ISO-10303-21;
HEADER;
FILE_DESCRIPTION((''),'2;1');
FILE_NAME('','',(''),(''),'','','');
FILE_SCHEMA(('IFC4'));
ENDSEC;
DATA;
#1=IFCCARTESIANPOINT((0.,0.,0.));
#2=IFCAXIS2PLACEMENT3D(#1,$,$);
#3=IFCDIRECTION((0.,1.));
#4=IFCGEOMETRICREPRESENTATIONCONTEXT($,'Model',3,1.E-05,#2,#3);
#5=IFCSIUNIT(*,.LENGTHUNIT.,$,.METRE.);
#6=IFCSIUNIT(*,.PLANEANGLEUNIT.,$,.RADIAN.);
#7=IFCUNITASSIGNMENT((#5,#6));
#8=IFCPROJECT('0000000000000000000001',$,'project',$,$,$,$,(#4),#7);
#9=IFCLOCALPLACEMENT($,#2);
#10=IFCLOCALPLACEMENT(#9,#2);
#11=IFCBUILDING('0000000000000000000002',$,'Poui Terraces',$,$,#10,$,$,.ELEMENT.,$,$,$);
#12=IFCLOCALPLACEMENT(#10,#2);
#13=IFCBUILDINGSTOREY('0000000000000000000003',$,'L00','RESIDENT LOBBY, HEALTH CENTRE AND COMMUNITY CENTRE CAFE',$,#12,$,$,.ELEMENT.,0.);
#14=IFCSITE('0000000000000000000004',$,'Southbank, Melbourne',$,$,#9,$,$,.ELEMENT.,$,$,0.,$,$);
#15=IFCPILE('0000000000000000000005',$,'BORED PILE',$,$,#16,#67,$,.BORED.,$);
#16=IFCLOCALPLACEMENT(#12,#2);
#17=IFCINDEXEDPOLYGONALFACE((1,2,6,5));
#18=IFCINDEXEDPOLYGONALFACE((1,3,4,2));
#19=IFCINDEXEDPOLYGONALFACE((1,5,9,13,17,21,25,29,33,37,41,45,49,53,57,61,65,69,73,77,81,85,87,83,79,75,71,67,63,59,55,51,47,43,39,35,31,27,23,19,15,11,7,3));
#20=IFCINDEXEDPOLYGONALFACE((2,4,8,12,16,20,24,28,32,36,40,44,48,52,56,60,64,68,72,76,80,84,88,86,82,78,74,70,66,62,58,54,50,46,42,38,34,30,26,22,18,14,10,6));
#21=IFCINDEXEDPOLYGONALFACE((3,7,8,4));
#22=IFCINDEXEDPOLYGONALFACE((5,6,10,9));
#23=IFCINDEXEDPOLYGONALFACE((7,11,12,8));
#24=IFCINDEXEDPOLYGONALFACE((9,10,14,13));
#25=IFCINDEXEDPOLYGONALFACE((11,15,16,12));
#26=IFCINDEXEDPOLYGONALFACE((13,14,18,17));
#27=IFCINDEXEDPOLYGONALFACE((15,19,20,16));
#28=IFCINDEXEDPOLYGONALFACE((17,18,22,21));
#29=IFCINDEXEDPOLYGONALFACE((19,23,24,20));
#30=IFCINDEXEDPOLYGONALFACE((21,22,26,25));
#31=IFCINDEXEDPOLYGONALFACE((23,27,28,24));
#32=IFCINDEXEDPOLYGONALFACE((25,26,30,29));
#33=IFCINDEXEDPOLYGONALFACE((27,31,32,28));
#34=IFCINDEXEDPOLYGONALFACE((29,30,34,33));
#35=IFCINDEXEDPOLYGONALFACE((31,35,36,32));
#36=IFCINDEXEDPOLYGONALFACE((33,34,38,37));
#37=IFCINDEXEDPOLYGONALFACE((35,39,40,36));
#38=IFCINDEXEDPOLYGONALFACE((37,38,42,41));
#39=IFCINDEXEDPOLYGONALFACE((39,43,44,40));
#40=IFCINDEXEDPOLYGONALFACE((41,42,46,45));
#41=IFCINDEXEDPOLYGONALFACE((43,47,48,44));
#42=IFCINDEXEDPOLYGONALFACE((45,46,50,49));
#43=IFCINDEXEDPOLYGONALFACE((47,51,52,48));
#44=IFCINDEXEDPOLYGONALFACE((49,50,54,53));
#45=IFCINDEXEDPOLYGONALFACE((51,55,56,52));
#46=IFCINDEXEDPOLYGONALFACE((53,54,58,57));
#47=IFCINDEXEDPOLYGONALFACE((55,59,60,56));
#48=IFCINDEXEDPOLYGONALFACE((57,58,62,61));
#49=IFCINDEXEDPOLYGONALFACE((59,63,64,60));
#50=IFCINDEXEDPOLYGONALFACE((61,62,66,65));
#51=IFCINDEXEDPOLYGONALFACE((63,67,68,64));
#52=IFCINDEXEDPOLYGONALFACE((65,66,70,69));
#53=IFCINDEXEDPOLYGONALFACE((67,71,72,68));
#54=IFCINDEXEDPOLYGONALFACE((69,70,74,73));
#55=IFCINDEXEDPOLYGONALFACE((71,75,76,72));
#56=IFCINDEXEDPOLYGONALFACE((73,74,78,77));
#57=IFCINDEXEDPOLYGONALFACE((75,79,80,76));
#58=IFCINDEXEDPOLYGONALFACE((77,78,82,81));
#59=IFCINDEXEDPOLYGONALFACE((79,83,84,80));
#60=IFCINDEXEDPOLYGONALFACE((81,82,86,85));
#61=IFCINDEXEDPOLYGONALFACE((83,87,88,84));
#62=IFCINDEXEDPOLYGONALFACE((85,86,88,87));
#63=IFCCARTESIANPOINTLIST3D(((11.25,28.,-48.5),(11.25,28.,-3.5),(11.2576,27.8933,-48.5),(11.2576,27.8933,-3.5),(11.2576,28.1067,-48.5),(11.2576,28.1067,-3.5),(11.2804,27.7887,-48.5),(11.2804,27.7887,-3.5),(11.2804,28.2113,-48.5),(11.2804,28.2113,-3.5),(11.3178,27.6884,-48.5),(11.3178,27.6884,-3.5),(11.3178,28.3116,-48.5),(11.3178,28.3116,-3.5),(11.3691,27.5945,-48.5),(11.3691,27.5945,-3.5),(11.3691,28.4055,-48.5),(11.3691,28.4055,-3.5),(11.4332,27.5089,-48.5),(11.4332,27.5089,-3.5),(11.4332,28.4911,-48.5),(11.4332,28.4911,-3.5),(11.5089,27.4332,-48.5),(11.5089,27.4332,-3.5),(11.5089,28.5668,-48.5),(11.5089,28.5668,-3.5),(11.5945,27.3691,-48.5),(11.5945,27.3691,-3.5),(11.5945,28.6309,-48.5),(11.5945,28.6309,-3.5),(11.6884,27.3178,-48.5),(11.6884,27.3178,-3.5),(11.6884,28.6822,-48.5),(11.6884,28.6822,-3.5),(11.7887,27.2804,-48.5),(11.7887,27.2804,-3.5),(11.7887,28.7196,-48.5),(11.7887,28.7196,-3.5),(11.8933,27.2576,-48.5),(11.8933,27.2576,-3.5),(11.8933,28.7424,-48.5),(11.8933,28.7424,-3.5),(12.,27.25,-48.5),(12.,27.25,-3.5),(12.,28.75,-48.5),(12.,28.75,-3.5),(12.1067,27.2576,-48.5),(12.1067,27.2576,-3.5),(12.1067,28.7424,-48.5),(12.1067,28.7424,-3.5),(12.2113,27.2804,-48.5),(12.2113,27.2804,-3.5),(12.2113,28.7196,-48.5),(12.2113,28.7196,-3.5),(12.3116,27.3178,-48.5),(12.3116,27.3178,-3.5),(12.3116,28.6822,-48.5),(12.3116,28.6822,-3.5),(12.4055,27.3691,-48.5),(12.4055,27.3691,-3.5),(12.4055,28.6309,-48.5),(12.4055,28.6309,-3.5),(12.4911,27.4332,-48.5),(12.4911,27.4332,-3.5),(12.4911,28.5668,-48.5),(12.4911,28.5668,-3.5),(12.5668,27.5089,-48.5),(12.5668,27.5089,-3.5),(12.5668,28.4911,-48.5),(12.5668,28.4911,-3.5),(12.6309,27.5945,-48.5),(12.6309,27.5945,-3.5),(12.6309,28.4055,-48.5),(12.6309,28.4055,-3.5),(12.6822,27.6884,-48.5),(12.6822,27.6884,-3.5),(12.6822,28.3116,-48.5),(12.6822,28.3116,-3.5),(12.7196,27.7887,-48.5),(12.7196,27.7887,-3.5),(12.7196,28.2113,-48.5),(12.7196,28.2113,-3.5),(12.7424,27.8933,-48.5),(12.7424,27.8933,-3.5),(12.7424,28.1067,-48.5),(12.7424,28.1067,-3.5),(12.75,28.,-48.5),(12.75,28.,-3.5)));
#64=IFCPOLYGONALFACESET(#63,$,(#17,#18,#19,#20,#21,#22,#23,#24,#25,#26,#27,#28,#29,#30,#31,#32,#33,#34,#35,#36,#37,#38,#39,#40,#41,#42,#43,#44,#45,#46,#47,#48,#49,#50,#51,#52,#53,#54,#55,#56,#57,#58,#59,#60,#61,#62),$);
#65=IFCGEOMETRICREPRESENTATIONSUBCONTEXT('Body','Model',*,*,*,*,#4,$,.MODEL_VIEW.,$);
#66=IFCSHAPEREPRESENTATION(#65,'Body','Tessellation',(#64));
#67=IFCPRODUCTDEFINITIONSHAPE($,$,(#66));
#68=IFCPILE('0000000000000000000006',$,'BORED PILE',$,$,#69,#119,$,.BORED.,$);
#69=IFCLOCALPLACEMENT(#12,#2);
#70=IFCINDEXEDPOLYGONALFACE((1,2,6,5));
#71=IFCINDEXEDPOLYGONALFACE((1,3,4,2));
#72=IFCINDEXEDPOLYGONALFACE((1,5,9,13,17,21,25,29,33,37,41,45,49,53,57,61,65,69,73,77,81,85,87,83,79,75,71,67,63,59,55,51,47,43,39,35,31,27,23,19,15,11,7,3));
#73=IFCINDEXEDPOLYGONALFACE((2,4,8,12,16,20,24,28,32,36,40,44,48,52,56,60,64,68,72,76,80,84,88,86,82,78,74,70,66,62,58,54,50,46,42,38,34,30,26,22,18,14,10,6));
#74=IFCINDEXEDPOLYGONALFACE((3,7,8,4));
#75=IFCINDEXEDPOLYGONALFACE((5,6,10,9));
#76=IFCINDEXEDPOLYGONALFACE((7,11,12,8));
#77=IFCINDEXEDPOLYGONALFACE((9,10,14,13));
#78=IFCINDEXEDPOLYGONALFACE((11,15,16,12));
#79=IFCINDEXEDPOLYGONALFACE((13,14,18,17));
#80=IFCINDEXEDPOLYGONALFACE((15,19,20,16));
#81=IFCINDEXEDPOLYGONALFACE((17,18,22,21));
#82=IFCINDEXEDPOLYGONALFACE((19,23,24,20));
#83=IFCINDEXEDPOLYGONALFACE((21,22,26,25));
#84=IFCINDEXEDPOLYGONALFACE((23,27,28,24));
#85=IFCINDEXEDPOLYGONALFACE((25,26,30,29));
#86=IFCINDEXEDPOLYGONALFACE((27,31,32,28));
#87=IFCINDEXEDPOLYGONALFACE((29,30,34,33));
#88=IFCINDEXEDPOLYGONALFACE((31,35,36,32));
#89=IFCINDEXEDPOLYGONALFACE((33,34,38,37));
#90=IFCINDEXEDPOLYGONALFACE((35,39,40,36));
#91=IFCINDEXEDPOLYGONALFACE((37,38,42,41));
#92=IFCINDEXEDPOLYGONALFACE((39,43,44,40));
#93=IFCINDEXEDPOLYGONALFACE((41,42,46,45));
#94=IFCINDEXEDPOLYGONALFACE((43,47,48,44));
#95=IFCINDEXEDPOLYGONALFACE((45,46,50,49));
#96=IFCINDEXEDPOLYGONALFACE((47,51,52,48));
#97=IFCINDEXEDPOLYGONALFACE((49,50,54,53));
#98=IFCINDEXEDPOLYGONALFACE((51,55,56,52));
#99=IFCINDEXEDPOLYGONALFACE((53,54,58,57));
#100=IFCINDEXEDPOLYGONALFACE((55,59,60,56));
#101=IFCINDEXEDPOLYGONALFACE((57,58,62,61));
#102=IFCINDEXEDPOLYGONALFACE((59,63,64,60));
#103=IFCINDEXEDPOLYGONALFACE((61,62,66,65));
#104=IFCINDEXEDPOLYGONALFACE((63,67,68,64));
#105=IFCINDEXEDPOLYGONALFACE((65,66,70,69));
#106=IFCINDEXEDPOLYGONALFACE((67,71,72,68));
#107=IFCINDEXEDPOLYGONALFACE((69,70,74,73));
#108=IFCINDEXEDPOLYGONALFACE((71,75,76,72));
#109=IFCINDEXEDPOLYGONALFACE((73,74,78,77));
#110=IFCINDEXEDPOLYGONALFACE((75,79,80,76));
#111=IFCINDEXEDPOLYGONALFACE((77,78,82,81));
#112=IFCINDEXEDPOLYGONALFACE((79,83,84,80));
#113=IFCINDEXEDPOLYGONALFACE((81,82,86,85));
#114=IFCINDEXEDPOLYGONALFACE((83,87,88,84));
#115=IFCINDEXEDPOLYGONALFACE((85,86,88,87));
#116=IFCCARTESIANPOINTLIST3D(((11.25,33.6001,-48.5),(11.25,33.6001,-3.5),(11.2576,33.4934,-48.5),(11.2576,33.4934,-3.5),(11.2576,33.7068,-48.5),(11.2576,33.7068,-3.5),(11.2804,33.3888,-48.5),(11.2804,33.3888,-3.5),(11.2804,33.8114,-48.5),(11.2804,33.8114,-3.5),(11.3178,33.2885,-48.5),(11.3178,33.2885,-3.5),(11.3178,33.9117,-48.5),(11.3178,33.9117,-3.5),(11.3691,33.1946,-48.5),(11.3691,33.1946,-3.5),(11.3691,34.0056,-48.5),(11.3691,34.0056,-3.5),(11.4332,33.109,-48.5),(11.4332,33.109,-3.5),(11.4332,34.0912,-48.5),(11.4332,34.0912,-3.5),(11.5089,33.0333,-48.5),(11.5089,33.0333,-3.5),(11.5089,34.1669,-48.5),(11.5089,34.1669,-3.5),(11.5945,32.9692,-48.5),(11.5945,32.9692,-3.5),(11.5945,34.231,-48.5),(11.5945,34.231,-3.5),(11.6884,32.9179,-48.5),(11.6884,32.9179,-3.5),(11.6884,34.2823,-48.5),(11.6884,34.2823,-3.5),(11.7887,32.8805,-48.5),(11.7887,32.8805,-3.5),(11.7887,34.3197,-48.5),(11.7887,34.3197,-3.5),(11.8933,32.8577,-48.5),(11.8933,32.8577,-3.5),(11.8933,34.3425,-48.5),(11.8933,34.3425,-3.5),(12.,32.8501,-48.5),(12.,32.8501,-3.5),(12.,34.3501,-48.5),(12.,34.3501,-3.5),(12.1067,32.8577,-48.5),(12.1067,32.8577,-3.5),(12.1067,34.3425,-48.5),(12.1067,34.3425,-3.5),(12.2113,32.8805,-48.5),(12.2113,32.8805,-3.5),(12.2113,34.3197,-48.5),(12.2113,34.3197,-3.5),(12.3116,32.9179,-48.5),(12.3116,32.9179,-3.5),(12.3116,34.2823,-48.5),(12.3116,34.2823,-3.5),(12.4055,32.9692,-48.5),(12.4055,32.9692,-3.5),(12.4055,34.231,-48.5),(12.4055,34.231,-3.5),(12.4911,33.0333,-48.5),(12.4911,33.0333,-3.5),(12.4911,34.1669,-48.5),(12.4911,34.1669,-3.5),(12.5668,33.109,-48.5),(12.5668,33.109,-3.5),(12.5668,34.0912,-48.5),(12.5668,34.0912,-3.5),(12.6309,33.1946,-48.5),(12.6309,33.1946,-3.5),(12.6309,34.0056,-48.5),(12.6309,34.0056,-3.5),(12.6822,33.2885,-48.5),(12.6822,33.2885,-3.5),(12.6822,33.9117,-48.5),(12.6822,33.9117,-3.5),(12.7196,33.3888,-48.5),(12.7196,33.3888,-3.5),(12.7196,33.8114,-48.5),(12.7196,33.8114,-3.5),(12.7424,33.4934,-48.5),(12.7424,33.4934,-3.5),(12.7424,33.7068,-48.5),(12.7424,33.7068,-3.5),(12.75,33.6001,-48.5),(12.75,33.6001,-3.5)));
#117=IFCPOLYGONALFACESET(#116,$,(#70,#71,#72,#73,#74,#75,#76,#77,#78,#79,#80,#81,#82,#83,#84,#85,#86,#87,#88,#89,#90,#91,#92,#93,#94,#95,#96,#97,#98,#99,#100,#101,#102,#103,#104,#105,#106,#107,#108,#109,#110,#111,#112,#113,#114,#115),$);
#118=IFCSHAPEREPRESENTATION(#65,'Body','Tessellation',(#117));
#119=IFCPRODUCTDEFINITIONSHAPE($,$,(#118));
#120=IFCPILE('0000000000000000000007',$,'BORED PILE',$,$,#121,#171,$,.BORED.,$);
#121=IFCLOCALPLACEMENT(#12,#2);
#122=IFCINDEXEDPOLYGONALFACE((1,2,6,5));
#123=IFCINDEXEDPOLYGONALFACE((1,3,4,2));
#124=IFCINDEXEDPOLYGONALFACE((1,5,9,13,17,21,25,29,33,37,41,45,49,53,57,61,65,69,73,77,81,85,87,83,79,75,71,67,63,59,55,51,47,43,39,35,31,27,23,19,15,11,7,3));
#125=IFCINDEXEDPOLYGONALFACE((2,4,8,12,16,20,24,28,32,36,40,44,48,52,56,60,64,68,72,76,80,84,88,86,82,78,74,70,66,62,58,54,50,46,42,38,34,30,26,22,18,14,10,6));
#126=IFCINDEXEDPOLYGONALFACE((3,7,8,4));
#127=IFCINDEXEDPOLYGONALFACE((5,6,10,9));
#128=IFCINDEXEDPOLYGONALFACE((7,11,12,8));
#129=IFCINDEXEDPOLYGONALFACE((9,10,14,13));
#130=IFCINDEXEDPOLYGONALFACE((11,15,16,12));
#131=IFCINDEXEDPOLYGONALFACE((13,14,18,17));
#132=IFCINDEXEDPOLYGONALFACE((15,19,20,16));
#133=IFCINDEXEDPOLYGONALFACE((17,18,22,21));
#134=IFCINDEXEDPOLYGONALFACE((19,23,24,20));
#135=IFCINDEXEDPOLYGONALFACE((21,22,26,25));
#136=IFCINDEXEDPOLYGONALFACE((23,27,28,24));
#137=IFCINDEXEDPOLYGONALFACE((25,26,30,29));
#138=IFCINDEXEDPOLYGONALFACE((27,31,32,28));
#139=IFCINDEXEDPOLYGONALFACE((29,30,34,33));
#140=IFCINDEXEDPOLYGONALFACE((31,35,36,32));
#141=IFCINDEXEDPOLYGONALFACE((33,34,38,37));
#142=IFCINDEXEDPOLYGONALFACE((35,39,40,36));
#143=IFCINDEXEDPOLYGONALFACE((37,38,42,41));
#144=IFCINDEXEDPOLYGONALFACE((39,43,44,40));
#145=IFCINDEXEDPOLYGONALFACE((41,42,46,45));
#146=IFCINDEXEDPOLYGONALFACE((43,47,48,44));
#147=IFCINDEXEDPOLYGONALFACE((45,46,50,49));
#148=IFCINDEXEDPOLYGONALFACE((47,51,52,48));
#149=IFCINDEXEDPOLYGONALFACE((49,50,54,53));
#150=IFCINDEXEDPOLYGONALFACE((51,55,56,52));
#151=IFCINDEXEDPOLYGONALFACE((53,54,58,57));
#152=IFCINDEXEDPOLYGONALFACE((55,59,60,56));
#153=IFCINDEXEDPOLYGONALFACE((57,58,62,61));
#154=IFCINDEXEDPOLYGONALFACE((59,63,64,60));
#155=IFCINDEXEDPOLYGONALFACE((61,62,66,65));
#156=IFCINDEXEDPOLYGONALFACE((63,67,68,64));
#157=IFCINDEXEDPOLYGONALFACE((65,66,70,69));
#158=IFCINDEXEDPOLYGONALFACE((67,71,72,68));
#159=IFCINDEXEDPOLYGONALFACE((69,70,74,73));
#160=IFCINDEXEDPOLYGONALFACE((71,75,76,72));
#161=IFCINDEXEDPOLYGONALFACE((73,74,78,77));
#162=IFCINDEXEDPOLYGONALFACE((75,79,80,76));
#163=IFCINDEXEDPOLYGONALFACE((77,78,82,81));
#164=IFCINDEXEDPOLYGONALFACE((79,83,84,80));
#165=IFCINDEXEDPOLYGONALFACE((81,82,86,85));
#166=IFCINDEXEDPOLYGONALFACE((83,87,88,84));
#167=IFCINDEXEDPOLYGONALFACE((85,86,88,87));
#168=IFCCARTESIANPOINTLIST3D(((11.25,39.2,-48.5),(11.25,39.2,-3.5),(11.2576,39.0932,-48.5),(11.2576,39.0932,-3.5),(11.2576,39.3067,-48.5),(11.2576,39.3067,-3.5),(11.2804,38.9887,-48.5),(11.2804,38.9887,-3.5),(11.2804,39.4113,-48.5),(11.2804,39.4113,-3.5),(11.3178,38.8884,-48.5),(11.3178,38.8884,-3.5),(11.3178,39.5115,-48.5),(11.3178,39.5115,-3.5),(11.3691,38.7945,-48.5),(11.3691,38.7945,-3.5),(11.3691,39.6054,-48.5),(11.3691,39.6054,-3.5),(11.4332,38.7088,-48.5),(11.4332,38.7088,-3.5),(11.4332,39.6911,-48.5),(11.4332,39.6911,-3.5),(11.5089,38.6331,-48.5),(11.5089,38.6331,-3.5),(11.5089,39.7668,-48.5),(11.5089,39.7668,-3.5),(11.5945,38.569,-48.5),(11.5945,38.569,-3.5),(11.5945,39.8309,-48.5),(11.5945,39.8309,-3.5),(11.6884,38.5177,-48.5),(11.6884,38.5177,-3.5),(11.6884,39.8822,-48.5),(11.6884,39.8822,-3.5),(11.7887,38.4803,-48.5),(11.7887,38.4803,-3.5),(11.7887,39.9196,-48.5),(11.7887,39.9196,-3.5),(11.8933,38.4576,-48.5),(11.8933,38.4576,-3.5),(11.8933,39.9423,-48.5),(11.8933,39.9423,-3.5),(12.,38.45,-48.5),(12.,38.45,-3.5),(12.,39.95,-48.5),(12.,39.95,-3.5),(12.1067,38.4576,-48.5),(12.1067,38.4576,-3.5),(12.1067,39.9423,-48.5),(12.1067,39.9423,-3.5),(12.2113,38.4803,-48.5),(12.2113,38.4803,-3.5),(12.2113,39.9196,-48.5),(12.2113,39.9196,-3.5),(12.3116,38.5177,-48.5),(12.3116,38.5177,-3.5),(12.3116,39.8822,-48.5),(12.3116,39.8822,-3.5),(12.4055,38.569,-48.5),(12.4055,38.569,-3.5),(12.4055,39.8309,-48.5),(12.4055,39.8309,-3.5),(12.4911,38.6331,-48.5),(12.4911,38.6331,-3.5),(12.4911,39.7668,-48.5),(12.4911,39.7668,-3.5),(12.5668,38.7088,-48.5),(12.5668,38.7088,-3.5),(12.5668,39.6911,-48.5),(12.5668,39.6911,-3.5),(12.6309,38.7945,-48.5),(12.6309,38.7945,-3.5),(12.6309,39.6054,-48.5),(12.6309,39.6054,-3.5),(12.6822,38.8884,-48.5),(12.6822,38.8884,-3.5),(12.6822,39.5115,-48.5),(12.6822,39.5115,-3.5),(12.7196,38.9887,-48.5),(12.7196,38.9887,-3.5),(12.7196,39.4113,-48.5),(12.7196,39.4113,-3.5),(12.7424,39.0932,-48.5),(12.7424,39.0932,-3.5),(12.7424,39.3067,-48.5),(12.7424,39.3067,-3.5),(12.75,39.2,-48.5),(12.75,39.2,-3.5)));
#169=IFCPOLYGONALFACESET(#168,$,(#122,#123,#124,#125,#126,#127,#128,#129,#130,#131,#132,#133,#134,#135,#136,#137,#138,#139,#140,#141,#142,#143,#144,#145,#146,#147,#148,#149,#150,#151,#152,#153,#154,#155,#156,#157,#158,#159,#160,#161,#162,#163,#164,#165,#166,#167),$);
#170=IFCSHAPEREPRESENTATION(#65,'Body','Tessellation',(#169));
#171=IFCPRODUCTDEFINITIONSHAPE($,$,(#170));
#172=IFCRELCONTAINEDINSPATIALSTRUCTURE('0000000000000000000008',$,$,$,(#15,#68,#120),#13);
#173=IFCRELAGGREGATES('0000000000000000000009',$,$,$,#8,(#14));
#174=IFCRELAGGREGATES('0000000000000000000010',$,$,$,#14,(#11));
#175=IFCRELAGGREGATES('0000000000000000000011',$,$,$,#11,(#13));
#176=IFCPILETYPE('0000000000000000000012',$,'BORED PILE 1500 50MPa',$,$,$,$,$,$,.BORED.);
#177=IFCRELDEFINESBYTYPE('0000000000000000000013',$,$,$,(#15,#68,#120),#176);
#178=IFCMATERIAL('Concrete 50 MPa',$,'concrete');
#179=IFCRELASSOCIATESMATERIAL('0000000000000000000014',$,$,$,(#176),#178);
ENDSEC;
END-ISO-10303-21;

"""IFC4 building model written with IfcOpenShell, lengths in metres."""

from ifc_helpers import new_model, si_unit, direction, frame, origin, origin_2d, place, context, subcontext, project, spatial, circle, extrude, material, material_profile, profile_set, type_object, element, save


model = new_model("IFC4")

# Units and contexts
model_context = context("Model", 3, precision=1e-05, world=origin(), true_north=direction((0.0, 1.0)))
body_context = subcontext(model_context, "Body", "Model", "MODEL_VIEW")
ifc_project = project(units=[si_unit("LENGTHUNIT", "METRE"), si_unit("PLANEANGLEUNIT", "RADIAN")], contexts=[model_context])

# Site, building, storey
site_placement = place(None, origin())
site = spatial("IfcSite", under=ifc_project, at=site_placement, Name="Southbank, Melbourne", CompositionType="ELEMENT", RefElevation=0.0)
building_placement = place(site_placement, origin())
building = spatial("IfcBuilding", under=site, at=building_placement, Name="Poui Terraces", CompositionType="ELEMENT")
storey_placement = place(building_placement, origin())
storey = spatial("IfcBuildingStorey", under=building, at=storey_placement, Name="L00", Description="RESIDENT LOBBY, HEALTH CENTRE AND COMMUNITY CENTRE CAFE", CompositionType="ELEMENT", Elevation=0.0)

# Piles
ifc_material_1 = material(Name="Concrete 50 MPa", Category="concrete")
ifc_material_profile_1 = material_profile(ifc_material_1, circle(Radius=0.75, at=origin_2d()), Name="RC D1500")
ifc_profile_set_1 = profile_set([ifc_material_profile_1], Name="Concrete 50 MPa")
pile_type = type_object("IfcPileType", Name="BORED PILE 1500 50MPa", PredefinedType="BORED", material=ifc_profile_set_1)
for number, where, z_axis, x_axis, name in (
    (1, (12.0, 28.0, -3.5), (0.0, 0.0, -1.0), (1.0, 0.0, 0.0), "BORED PILE"),
    (2, (12.0, 33.6001, -3.5), (0.0, 0.0, -1.0), (1.0, 0.0, 0.0), "BORED PILE"),
    (3, (12.0, 39.2, -3.5), (0.0, 0.0, -1.0), (1.0, 0.0, 0.0), "BORED PILE"),
):
    element("IfcPile", number, at=place(storey_placement, frame(where, z_axis=z_axis, x_axis=x_axis)), inside=storey, type_object=pile_type, Name=name, PredefinedType="BORED", context=body_context, shape_type="SweptSolid", body=[
        extrude(circle(Radius=0.75, at=origin_2d()), origin(), (0.0, 0.0, 1.0), 45.0),
    ])

save(model, "model.ifc")
